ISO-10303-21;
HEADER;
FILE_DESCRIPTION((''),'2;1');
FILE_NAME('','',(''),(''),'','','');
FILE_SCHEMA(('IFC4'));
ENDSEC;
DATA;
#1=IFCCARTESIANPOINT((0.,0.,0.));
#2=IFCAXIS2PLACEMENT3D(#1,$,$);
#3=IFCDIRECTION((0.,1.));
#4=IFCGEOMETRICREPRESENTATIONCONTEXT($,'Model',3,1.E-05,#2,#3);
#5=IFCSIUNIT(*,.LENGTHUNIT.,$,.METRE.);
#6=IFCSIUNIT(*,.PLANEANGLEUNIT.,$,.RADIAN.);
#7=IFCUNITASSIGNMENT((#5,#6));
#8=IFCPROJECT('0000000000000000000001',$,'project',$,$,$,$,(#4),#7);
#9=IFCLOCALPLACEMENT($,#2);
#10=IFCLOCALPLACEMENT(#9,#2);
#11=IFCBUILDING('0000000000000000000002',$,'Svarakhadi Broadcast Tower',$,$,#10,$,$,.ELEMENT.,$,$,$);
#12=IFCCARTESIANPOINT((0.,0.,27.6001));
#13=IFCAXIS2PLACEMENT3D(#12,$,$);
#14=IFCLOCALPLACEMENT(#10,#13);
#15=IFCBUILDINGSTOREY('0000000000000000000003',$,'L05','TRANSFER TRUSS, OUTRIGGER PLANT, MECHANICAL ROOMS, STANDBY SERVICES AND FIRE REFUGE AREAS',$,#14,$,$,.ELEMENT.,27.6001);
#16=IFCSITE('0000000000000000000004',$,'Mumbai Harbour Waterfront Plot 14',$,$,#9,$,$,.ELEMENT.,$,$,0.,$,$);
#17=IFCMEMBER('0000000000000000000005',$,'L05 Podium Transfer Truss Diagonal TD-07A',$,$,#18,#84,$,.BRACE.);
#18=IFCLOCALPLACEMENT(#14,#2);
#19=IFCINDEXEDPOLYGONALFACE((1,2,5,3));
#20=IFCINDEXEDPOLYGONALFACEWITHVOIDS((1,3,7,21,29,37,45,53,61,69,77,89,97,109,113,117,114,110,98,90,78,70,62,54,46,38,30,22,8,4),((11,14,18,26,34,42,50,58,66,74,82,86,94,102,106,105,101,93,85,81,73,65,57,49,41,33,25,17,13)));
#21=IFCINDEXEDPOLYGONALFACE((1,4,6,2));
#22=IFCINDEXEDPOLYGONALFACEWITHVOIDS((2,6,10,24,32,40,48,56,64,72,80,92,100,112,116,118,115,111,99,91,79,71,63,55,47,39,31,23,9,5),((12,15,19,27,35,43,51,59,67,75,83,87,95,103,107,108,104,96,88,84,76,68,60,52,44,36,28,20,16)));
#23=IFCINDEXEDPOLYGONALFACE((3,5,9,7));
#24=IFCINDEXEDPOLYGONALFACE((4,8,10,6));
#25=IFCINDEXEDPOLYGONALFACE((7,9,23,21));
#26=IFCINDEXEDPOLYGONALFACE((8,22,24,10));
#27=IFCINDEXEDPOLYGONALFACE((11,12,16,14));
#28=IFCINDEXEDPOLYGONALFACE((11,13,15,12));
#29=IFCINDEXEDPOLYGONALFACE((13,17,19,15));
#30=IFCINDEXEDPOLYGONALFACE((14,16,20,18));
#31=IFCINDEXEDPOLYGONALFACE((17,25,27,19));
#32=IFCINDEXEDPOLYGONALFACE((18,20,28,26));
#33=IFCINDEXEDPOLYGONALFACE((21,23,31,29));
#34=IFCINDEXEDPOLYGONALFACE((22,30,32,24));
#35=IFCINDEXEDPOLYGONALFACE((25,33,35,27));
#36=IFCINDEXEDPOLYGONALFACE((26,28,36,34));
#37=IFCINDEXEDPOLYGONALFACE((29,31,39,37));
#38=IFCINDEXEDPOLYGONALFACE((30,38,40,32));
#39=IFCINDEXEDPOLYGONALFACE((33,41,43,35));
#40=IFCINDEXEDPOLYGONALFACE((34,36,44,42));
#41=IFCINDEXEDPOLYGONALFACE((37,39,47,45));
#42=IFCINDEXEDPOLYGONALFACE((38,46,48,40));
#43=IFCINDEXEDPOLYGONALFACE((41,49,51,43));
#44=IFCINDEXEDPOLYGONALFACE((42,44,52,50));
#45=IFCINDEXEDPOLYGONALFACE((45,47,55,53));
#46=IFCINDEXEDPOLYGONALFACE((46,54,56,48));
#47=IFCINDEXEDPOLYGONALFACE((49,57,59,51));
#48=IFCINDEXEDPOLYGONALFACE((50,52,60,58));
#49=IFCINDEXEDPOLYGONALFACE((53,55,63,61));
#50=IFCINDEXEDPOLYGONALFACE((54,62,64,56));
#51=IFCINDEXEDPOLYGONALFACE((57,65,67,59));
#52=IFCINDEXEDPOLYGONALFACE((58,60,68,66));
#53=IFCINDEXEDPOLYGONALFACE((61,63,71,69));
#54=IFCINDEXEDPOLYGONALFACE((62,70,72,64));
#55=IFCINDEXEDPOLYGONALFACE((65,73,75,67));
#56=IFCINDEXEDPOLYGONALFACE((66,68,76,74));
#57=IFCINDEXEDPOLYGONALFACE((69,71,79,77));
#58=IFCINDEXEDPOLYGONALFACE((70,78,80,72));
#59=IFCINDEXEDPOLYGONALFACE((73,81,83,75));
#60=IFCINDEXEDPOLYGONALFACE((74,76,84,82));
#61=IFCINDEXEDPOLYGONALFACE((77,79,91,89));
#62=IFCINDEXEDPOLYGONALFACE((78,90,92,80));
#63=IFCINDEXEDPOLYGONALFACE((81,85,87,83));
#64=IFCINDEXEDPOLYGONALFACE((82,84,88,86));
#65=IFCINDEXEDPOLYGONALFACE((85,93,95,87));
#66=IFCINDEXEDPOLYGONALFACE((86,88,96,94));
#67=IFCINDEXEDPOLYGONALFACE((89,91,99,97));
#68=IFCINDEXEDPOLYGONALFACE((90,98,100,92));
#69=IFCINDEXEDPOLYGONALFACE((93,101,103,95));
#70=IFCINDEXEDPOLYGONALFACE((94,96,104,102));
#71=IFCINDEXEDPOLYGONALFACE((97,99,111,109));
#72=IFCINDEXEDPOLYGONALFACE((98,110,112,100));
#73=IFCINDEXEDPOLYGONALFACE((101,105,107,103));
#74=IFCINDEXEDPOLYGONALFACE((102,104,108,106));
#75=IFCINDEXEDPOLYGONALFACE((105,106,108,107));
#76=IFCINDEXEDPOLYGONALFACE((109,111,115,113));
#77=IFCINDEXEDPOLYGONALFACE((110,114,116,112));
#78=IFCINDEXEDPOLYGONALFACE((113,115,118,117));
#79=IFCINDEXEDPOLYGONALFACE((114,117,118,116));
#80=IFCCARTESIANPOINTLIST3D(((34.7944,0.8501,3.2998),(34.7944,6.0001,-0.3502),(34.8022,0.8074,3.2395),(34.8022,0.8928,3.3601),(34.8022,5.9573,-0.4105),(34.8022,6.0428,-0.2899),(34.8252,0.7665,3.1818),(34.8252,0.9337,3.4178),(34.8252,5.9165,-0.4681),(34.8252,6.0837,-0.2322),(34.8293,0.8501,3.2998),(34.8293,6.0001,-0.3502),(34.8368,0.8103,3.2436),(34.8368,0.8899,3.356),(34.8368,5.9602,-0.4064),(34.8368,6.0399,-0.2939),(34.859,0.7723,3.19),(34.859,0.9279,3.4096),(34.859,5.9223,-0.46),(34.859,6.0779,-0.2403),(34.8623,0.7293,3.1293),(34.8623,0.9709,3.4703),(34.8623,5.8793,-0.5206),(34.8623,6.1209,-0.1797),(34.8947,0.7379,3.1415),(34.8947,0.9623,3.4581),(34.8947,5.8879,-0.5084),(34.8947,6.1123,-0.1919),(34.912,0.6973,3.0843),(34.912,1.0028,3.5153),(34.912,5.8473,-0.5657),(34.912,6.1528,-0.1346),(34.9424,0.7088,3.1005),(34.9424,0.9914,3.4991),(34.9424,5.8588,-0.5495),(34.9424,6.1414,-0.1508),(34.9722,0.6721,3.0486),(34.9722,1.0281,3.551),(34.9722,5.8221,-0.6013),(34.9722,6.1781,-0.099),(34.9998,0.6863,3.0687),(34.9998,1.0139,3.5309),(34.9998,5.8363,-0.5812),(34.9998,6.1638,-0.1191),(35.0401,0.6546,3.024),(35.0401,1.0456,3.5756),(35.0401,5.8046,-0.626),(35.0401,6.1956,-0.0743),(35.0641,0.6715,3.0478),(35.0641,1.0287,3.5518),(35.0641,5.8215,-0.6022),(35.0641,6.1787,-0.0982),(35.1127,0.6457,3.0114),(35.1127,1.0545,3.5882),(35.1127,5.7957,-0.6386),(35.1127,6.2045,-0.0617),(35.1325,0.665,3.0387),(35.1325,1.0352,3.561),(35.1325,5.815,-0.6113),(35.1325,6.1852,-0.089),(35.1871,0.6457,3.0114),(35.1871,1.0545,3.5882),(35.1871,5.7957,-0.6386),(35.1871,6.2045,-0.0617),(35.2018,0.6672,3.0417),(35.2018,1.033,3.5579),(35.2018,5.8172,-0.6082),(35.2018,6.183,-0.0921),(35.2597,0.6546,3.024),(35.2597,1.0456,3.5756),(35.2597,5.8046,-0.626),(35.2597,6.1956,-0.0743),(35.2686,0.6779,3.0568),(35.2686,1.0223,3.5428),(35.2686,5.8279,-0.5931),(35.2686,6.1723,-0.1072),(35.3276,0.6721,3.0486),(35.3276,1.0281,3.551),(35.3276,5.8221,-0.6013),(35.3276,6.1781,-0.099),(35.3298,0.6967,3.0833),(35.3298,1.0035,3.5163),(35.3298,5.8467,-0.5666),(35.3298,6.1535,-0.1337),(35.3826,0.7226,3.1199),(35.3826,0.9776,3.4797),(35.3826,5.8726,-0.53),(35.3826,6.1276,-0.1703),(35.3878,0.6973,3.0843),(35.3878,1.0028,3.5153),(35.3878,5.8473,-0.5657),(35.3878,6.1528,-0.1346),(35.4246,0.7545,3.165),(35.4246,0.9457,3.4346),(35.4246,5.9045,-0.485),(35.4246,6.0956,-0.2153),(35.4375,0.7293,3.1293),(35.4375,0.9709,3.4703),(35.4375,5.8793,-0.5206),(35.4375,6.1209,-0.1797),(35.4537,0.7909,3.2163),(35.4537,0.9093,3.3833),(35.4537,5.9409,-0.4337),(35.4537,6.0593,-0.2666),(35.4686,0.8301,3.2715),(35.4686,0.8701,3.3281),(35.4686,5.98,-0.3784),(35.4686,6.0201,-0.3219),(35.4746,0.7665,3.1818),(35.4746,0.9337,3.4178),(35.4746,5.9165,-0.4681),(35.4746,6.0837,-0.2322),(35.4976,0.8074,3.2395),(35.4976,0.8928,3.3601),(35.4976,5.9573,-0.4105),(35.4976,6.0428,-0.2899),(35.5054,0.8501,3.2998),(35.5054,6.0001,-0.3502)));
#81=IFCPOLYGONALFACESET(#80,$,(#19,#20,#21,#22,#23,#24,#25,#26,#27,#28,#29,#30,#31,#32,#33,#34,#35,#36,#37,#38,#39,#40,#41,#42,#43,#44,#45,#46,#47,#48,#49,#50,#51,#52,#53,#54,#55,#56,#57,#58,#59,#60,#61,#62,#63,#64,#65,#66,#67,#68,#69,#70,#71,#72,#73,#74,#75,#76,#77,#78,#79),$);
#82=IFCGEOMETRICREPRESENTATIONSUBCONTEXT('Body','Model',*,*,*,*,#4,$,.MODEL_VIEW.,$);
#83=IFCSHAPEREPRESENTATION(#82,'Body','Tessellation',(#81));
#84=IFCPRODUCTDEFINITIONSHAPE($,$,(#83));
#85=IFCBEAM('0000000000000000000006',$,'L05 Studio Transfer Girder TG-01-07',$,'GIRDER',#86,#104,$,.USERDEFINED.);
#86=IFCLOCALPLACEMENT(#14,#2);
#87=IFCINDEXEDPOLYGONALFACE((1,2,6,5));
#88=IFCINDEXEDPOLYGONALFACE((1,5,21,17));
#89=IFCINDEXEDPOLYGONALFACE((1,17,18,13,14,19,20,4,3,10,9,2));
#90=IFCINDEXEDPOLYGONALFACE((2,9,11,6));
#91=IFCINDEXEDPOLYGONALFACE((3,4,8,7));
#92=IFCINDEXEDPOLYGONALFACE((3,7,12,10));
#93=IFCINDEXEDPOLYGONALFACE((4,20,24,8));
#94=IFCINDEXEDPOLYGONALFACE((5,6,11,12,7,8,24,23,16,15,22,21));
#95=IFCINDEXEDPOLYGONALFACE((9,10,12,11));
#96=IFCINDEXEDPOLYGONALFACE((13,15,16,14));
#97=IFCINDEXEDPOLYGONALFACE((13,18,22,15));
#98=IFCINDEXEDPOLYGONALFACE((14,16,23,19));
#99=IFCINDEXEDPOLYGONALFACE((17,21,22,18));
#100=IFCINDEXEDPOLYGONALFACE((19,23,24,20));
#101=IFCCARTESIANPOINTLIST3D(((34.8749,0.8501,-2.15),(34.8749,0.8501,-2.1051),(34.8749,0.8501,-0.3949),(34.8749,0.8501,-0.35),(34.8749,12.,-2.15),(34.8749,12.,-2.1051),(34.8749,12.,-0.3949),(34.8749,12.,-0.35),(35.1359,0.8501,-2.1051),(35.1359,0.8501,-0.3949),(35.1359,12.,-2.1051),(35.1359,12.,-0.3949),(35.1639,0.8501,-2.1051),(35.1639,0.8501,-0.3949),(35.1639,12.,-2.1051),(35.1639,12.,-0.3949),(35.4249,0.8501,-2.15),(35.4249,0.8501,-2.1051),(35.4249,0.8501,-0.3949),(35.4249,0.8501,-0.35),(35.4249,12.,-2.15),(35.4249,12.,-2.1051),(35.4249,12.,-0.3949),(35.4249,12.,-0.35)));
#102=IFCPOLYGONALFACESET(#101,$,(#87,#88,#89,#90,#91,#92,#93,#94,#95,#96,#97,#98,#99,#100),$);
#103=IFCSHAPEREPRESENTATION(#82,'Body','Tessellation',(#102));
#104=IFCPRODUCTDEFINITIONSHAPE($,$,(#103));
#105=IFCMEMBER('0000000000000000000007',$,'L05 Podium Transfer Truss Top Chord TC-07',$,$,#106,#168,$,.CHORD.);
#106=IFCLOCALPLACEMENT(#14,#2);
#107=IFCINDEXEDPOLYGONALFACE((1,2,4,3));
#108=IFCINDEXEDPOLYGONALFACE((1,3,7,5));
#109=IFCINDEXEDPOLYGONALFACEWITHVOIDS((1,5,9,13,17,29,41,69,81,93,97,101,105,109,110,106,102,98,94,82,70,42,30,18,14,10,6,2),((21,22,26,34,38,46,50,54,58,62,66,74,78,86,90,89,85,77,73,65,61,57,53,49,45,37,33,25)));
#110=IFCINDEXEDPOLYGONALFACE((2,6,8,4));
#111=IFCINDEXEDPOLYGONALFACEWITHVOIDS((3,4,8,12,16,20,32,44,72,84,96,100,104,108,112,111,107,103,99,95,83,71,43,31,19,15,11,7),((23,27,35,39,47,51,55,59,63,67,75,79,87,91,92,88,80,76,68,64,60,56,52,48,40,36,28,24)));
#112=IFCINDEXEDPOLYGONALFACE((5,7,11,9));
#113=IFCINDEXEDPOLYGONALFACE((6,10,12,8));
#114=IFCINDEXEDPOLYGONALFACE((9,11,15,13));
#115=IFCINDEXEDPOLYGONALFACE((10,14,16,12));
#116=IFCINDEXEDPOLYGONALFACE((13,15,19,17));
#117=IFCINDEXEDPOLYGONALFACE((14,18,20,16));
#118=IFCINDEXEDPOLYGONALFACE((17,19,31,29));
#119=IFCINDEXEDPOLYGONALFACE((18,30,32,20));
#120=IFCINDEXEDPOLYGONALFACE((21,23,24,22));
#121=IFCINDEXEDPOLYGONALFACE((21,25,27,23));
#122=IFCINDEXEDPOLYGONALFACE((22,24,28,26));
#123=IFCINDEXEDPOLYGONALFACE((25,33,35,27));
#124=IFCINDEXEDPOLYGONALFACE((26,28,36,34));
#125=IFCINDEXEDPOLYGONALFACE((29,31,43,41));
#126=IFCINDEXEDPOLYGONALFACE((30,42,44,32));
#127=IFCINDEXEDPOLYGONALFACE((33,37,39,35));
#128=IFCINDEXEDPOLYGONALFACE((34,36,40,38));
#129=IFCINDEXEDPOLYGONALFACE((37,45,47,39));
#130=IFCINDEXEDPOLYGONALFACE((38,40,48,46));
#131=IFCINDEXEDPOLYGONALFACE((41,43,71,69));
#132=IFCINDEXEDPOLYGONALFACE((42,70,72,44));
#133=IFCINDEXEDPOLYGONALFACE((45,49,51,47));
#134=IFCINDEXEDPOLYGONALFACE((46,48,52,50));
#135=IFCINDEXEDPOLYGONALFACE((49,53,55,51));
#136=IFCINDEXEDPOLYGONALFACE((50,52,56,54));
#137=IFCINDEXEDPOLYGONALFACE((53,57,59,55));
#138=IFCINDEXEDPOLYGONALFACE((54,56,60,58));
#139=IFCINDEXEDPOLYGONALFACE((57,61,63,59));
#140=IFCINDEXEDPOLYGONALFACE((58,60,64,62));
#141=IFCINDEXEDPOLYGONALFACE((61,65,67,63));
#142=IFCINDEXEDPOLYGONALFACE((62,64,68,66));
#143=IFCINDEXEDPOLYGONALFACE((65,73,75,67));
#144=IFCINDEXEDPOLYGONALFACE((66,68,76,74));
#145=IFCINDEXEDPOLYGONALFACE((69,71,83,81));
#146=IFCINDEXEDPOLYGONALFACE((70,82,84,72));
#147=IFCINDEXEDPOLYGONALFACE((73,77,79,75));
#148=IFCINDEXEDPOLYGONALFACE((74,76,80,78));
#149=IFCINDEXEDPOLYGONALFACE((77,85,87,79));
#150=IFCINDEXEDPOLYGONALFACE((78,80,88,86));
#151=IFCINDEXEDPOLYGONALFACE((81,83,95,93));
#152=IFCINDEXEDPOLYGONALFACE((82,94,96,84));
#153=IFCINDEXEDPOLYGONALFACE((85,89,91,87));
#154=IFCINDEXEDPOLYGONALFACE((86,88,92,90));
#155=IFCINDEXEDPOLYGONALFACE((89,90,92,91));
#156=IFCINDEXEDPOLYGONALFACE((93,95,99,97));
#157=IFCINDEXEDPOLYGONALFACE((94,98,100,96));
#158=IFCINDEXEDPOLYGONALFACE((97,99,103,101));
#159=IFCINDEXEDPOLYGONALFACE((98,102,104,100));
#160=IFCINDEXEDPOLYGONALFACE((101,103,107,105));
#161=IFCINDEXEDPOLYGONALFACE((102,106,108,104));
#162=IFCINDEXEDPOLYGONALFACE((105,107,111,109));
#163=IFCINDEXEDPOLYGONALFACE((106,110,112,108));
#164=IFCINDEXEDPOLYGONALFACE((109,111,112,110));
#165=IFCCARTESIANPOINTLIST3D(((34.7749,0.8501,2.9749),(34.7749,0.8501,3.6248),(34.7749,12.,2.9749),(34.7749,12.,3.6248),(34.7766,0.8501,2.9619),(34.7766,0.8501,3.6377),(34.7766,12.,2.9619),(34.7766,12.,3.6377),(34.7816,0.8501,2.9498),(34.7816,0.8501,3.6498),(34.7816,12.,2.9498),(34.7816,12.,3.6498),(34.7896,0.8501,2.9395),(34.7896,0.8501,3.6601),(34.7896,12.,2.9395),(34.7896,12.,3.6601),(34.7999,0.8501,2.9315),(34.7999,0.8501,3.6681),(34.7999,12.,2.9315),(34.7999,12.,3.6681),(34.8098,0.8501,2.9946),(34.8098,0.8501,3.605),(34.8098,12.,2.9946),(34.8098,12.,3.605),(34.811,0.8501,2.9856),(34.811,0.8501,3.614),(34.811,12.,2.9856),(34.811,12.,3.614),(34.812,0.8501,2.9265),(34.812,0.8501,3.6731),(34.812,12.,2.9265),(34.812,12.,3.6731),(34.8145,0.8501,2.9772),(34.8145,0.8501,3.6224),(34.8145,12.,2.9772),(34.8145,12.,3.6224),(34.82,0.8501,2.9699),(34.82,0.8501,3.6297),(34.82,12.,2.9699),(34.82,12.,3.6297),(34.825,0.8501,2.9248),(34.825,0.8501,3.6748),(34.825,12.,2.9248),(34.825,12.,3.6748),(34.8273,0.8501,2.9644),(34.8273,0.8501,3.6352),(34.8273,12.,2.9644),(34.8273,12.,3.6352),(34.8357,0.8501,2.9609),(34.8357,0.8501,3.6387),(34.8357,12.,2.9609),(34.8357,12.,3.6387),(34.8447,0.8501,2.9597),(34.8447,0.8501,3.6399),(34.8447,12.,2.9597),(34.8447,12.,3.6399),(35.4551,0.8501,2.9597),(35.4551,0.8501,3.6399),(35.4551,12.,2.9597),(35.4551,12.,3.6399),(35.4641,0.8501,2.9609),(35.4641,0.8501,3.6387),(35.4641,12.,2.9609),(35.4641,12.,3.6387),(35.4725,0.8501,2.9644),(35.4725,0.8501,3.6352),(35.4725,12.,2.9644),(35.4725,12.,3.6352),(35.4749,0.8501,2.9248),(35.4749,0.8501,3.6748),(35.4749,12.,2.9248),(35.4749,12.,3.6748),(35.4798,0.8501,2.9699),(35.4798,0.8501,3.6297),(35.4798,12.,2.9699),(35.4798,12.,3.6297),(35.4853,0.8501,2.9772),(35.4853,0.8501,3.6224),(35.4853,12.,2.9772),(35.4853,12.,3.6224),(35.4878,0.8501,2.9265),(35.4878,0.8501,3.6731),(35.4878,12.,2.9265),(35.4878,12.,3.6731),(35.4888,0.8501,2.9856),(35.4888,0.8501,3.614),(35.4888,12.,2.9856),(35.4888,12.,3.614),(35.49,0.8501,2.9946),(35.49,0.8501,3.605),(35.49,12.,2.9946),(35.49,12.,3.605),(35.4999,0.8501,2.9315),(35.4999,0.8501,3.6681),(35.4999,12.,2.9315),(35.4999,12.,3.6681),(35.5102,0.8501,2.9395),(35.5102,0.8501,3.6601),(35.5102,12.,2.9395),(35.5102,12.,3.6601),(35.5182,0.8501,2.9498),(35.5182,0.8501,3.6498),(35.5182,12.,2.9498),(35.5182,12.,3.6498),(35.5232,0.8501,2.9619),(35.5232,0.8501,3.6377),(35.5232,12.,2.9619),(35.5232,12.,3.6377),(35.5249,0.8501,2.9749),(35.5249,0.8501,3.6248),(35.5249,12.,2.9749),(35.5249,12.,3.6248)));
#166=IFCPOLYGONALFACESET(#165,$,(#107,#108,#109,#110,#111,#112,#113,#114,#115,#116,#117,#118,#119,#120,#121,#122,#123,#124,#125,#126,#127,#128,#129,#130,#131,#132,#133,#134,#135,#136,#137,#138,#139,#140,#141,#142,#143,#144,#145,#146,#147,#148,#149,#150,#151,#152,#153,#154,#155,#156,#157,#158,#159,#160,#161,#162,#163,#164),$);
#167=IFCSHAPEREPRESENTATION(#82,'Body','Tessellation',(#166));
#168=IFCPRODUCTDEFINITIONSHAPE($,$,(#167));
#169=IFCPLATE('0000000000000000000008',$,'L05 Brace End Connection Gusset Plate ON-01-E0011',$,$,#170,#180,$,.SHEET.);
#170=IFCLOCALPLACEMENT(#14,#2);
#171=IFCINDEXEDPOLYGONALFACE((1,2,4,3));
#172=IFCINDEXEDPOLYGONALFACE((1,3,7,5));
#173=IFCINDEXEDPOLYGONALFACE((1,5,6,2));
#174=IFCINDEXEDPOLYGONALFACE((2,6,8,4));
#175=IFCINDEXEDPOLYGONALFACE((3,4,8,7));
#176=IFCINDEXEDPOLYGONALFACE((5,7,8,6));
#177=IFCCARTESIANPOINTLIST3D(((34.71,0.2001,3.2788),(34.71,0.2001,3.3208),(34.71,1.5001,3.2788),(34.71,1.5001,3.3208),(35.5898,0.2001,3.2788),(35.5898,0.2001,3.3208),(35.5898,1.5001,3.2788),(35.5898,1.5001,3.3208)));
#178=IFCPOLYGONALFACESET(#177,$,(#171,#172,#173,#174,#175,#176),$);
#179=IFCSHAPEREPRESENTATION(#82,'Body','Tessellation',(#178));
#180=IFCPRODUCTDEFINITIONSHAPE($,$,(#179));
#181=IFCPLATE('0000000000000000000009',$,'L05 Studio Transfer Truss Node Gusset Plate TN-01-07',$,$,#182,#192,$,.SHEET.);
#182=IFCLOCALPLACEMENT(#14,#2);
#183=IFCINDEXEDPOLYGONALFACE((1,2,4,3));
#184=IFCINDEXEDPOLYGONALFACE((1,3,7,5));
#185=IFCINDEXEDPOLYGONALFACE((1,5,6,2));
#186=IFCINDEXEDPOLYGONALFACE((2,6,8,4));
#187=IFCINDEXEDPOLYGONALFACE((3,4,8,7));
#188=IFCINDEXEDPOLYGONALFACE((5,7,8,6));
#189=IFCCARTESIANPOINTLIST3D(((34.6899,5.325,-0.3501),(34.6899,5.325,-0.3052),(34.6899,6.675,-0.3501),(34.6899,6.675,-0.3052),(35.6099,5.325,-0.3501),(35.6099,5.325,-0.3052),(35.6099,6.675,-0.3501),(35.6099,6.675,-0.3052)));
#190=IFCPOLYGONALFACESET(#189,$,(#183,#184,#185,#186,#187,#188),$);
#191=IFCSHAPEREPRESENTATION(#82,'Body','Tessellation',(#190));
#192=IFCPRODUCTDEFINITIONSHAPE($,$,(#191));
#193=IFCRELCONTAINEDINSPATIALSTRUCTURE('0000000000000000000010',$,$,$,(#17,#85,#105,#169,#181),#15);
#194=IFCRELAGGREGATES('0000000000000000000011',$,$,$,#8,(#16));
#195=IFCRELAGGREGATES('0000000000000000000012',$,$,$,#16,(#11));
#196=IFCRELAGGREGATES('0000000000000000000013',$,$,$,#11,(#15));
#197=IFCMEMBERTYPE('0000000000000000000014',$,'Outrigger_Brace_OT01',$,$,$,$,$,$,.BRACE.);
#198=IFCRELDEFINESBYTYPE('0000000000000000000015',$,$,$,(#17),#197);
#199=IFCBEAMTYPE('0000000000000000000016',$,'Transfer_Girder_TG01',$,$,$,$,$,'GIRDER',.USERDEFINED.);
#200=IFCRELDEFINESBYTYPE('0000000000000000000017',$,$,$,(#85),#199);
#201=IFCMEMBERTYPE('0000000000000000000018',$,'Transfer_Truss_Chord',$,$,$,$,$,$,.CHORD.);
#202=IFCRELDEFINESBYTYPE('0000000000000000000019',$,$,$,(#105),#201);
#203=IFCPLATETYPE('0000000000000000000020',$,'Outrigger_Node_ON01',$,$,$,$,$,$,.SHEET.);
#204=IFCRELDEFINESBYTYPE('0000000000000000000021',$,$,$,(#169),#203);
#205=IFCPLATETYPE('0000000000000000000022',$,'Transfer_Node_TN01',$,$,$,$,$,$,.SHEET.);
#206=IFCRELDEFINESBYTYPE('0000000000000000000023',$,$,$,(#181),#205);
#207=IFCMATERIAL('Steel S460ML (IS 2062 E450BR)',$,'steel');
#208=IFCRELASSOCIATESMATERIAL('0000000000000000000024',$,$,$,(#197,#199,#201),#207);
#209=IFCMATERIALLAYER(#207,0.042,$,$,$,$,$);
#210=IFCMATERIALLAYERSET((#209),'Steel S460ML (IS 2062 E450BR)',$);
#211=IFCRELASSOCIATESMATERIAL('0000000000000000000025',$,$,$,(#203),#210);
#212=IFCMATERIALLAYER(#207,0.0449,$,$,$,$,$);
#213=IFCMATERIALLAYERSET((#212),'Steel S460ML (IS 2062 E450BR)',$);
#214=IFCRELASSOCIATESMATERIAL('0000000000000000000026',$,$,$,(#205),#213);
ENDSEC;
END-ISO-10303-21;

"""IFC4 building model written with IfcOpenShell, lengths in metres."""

from ifc_helpers import new_model, si_unit, direction, frame, origin, origin_2d, place, context, subcontext, project, spatial, rectangle, hollow_rectangle, hollow_circle, i_section, extrude, material, layer, layer_set, material_profile, profile_set, type_object, element, save


model = new_model("IFC4")

# Units and contexts
model_context = context("Model", 3, precision=1e-05, world=origin(), true_north=direction((0.0, 1.0)))
body_context = subcontext(model_context, "Body", "Model", "MODEL_VIEW")
ifc_project = project(units=[si_unit("LENGTHUNIT", "METRE"), si_unit("PLANEANGLEUNIT", "RADIAN")], contexts=[model_context])

# Site, building, storey
site_placement = place(None, origin())
site = spatial("IfcSite", under=ifc_project, at=site_placement, Name="Mumbai Harbour Waterfront Plot 14", CompositionType="ELEMENT", RefElevation=0.0)
building_placement = place(site_placement, origin())
building = spatial("IfcBuilding", under=site, at=building_placement, Name="Svarakhadi Broadcast Tower", CompositionType="ELEMENT")
storey_placement = place(building_placement, frame((0.0, 0.0, 27.6001)))
storey = spatial("IfcBuildingStorey", under=building, at=storey_placement, Name="L05", Description="TRANSFER TRUSS, OUTRIGGER PLANT, MECHANICAL ROOMS, STANDBY SERVICES AND FIRE REFUGE AREAS", CompositionType="ELEMENT", Elevation=27.6001)

# Shared definitions
ifc_material_1 = material(Name="Steel S460ML (IS 2062 E450BR)", Category="steel")

# Member
ifc_material_profile_1 = material_profile(ifc_material_1, hollow_circle(Radius=0.3555, WallThickness=0.0349, at=origin_2d()), Name="CHS 711x35")
ifc_profile_set_1 = profile_set([ifc_material_profile_1], Name="Steel S460ML (IS 2062 E450BR)")
member_type_1 = type_object("IfcMemberType", Name="Outrigger_Brace_OT01", PredefinedType="BRACE", material=ifc_profile_set_1)
member_1_placement = place(storey_placement, frame((35.1499, 0.8501, 3.2998), z_axis=(0.0, 0.815871, -0.578234), x_axis=(-1.0, 0.0, 0.0)))
element("IfcMember", 1, at=member_1_placement, inside=storey, type_object=member_type_1, Name="L05 Podium Transfer Truss Diagonal TD-07A", PredefinedType="BRACE", context=body_context, shape_type="SweptSolid", body=[
    extrude(hollow_circle(Radius=0.3555, WallThickness=0.0349, at=origin_2d()), origin(), (0.0, 0.0, 1.0), 6.3123),
])

# Beam
ifc_material_profile_2 = material_profile(ifc_material_1, i_section(OverallWidth=0.55, OverallDepth=1.8, WebThickness=0.0281, FlangeThickness=0.0449, at=origin_2d()), Name="PG 1800x550x45")
ifc_profile_set_2 = profile_set([ifc_material_profile_2], Name="Steel S460ML (IS 2062 E450BR)")
beam_type_1 = type_object("IfcBeamType", Name="Transfer_Girder_TG01", ElementType="GIRDER", PredefinedType="USERDEFINED", material=ifc_profile_set_2)
beam_1_placement = place(storey_placement, frame((35.1499, 0.8501, -1.25), z_axis=(0.0, 1.0, 0.0), x_axis=(-1.0, 0.0, 0.0)))
element("IfcBeam", 2, at=beam_1_placement, inside=storey, type_object=beam_type_1, Name="L05 Studio Transfer Girder TG-01-07", ObjectType="GIRDER", PredefinedType="USERDEFINED", context=body_context, shape_type="SweptSolid", body=[
    extrude(i_section(OverallWidth=0.55, OverallDepth=1.8, WebThickness=0.0281, FlangeThickness=0.0449, at=origin_2d()), origin(), (0.0, 0.0, 1.0), 11.1499),
])

# Member
ifc_material_profile_3 = material_profile(ifc_material_1, hollow_rectangle(XDim=0.75, YDim=0.75, WallThickness=0.0349, InnerFilletRadius=0.0349, OuterFilletRadius=0.05, at=origin_2d()), Name="BOX 750x750x35")
ifc_profile_set_3 = profile_set([ifc_material_profile_3], Name="Steel S460ML (IS 2062 E450BR)")
member_type_2 = type_object("IfcMemberType", Name="Transfer_Truss_Chord", PredefinedType="CHORD", material=ifc_profile_set_3)
member_2_placement = place(storey_placement, frame((35.1499, 0.8501, 3.2998), z_axis=(0.0, 1.0, 0.0), x_axis=(-1.0, 0.0, 0.0)))
element("IfcMember", 3, at=member_2_placement, inside=storey, type_object=member_type_2, Name="L05 Podium Transfer Truss Top Chord TC-07", PredefinedType="CHORD", context=body_context, shape_type="SweptSolid", body=[
    extrude(hollow_rectangle(XDim=0.75, YDim=0.75, WallThickness=0.0349, InnerFilletRadius=0.0349, OuterFilletRadius=0.05, at=origin_2d()), origin(), (0.0, 0.0, 1.0), 11.1499),
])

# Plates
ifc_layer_1 = layer(ifc_material_1, 0.042)
ifc_layer_set_1 = layer_set([ifc_layer_1], Name="Steel S460ML (IS 2062 E450BR)")
plate_type_1 = type_object("IfcPlateType", Name="Outrigger_Node_ON01", PredefinedType="SHEET", material=ifc_layer_set_1)
plate_1_placement = place(storey_placement, frame((35.1499, 0.8501, 3.2788), z_axis=(0.0, 0.0, 1.0), x_axis=(0.0, 1.0, 0.0)))
element("IfcPlate", 4, at=plate_1_placement, inside=storey, type_object=plate_type_1, Name="L05 Brace End Connection Gusset Plate ON-01-E0011", PredefinedType="SHEET", context=body_context, shape_type="SweptSolid", body=[
    extrude(rectangle(XDim=1.3, YDim=0.8799, at=origin_2d()), origin(), (0.0, 0.0, 1.0), 0.042),
])
ifc_layer_2 = layer(ifc_material_1, 0.0449)
ifc_layer_set_2 = layer_set([ifc_layer_2], Name="Steel S460ML (IS 2062 E450BR)")
plate_type_2 = type_object("IfcPlateType", Name="Transfer_Node_TN01", PredefinedType="SHEET", material=ifc_layer_set_2)
plate_2_placement = place(storey_placement, frame((35.1499, 6.0, -0.3501), z_axis=(0.0, 0.0, 1.0), x_axis=(0.0, 1.0, 0.0)))
element("IfcPlate", 5, at=plate_2_placement, inside=storey, type_object=plate_type_2, Name="L05 Studio Transfer Truss Node Gusset Plate TN-01-07", PredefinedType="SHEET", context=body_context, shape_type="SweptSolid", body=[
    extrude(rectangle(XDim=1.3501, YDim=0.9199, at=origin_2d()), origin(), (0.0, 0.0, 1.0), 0.0449),
])

save(model, "model.ifc")
